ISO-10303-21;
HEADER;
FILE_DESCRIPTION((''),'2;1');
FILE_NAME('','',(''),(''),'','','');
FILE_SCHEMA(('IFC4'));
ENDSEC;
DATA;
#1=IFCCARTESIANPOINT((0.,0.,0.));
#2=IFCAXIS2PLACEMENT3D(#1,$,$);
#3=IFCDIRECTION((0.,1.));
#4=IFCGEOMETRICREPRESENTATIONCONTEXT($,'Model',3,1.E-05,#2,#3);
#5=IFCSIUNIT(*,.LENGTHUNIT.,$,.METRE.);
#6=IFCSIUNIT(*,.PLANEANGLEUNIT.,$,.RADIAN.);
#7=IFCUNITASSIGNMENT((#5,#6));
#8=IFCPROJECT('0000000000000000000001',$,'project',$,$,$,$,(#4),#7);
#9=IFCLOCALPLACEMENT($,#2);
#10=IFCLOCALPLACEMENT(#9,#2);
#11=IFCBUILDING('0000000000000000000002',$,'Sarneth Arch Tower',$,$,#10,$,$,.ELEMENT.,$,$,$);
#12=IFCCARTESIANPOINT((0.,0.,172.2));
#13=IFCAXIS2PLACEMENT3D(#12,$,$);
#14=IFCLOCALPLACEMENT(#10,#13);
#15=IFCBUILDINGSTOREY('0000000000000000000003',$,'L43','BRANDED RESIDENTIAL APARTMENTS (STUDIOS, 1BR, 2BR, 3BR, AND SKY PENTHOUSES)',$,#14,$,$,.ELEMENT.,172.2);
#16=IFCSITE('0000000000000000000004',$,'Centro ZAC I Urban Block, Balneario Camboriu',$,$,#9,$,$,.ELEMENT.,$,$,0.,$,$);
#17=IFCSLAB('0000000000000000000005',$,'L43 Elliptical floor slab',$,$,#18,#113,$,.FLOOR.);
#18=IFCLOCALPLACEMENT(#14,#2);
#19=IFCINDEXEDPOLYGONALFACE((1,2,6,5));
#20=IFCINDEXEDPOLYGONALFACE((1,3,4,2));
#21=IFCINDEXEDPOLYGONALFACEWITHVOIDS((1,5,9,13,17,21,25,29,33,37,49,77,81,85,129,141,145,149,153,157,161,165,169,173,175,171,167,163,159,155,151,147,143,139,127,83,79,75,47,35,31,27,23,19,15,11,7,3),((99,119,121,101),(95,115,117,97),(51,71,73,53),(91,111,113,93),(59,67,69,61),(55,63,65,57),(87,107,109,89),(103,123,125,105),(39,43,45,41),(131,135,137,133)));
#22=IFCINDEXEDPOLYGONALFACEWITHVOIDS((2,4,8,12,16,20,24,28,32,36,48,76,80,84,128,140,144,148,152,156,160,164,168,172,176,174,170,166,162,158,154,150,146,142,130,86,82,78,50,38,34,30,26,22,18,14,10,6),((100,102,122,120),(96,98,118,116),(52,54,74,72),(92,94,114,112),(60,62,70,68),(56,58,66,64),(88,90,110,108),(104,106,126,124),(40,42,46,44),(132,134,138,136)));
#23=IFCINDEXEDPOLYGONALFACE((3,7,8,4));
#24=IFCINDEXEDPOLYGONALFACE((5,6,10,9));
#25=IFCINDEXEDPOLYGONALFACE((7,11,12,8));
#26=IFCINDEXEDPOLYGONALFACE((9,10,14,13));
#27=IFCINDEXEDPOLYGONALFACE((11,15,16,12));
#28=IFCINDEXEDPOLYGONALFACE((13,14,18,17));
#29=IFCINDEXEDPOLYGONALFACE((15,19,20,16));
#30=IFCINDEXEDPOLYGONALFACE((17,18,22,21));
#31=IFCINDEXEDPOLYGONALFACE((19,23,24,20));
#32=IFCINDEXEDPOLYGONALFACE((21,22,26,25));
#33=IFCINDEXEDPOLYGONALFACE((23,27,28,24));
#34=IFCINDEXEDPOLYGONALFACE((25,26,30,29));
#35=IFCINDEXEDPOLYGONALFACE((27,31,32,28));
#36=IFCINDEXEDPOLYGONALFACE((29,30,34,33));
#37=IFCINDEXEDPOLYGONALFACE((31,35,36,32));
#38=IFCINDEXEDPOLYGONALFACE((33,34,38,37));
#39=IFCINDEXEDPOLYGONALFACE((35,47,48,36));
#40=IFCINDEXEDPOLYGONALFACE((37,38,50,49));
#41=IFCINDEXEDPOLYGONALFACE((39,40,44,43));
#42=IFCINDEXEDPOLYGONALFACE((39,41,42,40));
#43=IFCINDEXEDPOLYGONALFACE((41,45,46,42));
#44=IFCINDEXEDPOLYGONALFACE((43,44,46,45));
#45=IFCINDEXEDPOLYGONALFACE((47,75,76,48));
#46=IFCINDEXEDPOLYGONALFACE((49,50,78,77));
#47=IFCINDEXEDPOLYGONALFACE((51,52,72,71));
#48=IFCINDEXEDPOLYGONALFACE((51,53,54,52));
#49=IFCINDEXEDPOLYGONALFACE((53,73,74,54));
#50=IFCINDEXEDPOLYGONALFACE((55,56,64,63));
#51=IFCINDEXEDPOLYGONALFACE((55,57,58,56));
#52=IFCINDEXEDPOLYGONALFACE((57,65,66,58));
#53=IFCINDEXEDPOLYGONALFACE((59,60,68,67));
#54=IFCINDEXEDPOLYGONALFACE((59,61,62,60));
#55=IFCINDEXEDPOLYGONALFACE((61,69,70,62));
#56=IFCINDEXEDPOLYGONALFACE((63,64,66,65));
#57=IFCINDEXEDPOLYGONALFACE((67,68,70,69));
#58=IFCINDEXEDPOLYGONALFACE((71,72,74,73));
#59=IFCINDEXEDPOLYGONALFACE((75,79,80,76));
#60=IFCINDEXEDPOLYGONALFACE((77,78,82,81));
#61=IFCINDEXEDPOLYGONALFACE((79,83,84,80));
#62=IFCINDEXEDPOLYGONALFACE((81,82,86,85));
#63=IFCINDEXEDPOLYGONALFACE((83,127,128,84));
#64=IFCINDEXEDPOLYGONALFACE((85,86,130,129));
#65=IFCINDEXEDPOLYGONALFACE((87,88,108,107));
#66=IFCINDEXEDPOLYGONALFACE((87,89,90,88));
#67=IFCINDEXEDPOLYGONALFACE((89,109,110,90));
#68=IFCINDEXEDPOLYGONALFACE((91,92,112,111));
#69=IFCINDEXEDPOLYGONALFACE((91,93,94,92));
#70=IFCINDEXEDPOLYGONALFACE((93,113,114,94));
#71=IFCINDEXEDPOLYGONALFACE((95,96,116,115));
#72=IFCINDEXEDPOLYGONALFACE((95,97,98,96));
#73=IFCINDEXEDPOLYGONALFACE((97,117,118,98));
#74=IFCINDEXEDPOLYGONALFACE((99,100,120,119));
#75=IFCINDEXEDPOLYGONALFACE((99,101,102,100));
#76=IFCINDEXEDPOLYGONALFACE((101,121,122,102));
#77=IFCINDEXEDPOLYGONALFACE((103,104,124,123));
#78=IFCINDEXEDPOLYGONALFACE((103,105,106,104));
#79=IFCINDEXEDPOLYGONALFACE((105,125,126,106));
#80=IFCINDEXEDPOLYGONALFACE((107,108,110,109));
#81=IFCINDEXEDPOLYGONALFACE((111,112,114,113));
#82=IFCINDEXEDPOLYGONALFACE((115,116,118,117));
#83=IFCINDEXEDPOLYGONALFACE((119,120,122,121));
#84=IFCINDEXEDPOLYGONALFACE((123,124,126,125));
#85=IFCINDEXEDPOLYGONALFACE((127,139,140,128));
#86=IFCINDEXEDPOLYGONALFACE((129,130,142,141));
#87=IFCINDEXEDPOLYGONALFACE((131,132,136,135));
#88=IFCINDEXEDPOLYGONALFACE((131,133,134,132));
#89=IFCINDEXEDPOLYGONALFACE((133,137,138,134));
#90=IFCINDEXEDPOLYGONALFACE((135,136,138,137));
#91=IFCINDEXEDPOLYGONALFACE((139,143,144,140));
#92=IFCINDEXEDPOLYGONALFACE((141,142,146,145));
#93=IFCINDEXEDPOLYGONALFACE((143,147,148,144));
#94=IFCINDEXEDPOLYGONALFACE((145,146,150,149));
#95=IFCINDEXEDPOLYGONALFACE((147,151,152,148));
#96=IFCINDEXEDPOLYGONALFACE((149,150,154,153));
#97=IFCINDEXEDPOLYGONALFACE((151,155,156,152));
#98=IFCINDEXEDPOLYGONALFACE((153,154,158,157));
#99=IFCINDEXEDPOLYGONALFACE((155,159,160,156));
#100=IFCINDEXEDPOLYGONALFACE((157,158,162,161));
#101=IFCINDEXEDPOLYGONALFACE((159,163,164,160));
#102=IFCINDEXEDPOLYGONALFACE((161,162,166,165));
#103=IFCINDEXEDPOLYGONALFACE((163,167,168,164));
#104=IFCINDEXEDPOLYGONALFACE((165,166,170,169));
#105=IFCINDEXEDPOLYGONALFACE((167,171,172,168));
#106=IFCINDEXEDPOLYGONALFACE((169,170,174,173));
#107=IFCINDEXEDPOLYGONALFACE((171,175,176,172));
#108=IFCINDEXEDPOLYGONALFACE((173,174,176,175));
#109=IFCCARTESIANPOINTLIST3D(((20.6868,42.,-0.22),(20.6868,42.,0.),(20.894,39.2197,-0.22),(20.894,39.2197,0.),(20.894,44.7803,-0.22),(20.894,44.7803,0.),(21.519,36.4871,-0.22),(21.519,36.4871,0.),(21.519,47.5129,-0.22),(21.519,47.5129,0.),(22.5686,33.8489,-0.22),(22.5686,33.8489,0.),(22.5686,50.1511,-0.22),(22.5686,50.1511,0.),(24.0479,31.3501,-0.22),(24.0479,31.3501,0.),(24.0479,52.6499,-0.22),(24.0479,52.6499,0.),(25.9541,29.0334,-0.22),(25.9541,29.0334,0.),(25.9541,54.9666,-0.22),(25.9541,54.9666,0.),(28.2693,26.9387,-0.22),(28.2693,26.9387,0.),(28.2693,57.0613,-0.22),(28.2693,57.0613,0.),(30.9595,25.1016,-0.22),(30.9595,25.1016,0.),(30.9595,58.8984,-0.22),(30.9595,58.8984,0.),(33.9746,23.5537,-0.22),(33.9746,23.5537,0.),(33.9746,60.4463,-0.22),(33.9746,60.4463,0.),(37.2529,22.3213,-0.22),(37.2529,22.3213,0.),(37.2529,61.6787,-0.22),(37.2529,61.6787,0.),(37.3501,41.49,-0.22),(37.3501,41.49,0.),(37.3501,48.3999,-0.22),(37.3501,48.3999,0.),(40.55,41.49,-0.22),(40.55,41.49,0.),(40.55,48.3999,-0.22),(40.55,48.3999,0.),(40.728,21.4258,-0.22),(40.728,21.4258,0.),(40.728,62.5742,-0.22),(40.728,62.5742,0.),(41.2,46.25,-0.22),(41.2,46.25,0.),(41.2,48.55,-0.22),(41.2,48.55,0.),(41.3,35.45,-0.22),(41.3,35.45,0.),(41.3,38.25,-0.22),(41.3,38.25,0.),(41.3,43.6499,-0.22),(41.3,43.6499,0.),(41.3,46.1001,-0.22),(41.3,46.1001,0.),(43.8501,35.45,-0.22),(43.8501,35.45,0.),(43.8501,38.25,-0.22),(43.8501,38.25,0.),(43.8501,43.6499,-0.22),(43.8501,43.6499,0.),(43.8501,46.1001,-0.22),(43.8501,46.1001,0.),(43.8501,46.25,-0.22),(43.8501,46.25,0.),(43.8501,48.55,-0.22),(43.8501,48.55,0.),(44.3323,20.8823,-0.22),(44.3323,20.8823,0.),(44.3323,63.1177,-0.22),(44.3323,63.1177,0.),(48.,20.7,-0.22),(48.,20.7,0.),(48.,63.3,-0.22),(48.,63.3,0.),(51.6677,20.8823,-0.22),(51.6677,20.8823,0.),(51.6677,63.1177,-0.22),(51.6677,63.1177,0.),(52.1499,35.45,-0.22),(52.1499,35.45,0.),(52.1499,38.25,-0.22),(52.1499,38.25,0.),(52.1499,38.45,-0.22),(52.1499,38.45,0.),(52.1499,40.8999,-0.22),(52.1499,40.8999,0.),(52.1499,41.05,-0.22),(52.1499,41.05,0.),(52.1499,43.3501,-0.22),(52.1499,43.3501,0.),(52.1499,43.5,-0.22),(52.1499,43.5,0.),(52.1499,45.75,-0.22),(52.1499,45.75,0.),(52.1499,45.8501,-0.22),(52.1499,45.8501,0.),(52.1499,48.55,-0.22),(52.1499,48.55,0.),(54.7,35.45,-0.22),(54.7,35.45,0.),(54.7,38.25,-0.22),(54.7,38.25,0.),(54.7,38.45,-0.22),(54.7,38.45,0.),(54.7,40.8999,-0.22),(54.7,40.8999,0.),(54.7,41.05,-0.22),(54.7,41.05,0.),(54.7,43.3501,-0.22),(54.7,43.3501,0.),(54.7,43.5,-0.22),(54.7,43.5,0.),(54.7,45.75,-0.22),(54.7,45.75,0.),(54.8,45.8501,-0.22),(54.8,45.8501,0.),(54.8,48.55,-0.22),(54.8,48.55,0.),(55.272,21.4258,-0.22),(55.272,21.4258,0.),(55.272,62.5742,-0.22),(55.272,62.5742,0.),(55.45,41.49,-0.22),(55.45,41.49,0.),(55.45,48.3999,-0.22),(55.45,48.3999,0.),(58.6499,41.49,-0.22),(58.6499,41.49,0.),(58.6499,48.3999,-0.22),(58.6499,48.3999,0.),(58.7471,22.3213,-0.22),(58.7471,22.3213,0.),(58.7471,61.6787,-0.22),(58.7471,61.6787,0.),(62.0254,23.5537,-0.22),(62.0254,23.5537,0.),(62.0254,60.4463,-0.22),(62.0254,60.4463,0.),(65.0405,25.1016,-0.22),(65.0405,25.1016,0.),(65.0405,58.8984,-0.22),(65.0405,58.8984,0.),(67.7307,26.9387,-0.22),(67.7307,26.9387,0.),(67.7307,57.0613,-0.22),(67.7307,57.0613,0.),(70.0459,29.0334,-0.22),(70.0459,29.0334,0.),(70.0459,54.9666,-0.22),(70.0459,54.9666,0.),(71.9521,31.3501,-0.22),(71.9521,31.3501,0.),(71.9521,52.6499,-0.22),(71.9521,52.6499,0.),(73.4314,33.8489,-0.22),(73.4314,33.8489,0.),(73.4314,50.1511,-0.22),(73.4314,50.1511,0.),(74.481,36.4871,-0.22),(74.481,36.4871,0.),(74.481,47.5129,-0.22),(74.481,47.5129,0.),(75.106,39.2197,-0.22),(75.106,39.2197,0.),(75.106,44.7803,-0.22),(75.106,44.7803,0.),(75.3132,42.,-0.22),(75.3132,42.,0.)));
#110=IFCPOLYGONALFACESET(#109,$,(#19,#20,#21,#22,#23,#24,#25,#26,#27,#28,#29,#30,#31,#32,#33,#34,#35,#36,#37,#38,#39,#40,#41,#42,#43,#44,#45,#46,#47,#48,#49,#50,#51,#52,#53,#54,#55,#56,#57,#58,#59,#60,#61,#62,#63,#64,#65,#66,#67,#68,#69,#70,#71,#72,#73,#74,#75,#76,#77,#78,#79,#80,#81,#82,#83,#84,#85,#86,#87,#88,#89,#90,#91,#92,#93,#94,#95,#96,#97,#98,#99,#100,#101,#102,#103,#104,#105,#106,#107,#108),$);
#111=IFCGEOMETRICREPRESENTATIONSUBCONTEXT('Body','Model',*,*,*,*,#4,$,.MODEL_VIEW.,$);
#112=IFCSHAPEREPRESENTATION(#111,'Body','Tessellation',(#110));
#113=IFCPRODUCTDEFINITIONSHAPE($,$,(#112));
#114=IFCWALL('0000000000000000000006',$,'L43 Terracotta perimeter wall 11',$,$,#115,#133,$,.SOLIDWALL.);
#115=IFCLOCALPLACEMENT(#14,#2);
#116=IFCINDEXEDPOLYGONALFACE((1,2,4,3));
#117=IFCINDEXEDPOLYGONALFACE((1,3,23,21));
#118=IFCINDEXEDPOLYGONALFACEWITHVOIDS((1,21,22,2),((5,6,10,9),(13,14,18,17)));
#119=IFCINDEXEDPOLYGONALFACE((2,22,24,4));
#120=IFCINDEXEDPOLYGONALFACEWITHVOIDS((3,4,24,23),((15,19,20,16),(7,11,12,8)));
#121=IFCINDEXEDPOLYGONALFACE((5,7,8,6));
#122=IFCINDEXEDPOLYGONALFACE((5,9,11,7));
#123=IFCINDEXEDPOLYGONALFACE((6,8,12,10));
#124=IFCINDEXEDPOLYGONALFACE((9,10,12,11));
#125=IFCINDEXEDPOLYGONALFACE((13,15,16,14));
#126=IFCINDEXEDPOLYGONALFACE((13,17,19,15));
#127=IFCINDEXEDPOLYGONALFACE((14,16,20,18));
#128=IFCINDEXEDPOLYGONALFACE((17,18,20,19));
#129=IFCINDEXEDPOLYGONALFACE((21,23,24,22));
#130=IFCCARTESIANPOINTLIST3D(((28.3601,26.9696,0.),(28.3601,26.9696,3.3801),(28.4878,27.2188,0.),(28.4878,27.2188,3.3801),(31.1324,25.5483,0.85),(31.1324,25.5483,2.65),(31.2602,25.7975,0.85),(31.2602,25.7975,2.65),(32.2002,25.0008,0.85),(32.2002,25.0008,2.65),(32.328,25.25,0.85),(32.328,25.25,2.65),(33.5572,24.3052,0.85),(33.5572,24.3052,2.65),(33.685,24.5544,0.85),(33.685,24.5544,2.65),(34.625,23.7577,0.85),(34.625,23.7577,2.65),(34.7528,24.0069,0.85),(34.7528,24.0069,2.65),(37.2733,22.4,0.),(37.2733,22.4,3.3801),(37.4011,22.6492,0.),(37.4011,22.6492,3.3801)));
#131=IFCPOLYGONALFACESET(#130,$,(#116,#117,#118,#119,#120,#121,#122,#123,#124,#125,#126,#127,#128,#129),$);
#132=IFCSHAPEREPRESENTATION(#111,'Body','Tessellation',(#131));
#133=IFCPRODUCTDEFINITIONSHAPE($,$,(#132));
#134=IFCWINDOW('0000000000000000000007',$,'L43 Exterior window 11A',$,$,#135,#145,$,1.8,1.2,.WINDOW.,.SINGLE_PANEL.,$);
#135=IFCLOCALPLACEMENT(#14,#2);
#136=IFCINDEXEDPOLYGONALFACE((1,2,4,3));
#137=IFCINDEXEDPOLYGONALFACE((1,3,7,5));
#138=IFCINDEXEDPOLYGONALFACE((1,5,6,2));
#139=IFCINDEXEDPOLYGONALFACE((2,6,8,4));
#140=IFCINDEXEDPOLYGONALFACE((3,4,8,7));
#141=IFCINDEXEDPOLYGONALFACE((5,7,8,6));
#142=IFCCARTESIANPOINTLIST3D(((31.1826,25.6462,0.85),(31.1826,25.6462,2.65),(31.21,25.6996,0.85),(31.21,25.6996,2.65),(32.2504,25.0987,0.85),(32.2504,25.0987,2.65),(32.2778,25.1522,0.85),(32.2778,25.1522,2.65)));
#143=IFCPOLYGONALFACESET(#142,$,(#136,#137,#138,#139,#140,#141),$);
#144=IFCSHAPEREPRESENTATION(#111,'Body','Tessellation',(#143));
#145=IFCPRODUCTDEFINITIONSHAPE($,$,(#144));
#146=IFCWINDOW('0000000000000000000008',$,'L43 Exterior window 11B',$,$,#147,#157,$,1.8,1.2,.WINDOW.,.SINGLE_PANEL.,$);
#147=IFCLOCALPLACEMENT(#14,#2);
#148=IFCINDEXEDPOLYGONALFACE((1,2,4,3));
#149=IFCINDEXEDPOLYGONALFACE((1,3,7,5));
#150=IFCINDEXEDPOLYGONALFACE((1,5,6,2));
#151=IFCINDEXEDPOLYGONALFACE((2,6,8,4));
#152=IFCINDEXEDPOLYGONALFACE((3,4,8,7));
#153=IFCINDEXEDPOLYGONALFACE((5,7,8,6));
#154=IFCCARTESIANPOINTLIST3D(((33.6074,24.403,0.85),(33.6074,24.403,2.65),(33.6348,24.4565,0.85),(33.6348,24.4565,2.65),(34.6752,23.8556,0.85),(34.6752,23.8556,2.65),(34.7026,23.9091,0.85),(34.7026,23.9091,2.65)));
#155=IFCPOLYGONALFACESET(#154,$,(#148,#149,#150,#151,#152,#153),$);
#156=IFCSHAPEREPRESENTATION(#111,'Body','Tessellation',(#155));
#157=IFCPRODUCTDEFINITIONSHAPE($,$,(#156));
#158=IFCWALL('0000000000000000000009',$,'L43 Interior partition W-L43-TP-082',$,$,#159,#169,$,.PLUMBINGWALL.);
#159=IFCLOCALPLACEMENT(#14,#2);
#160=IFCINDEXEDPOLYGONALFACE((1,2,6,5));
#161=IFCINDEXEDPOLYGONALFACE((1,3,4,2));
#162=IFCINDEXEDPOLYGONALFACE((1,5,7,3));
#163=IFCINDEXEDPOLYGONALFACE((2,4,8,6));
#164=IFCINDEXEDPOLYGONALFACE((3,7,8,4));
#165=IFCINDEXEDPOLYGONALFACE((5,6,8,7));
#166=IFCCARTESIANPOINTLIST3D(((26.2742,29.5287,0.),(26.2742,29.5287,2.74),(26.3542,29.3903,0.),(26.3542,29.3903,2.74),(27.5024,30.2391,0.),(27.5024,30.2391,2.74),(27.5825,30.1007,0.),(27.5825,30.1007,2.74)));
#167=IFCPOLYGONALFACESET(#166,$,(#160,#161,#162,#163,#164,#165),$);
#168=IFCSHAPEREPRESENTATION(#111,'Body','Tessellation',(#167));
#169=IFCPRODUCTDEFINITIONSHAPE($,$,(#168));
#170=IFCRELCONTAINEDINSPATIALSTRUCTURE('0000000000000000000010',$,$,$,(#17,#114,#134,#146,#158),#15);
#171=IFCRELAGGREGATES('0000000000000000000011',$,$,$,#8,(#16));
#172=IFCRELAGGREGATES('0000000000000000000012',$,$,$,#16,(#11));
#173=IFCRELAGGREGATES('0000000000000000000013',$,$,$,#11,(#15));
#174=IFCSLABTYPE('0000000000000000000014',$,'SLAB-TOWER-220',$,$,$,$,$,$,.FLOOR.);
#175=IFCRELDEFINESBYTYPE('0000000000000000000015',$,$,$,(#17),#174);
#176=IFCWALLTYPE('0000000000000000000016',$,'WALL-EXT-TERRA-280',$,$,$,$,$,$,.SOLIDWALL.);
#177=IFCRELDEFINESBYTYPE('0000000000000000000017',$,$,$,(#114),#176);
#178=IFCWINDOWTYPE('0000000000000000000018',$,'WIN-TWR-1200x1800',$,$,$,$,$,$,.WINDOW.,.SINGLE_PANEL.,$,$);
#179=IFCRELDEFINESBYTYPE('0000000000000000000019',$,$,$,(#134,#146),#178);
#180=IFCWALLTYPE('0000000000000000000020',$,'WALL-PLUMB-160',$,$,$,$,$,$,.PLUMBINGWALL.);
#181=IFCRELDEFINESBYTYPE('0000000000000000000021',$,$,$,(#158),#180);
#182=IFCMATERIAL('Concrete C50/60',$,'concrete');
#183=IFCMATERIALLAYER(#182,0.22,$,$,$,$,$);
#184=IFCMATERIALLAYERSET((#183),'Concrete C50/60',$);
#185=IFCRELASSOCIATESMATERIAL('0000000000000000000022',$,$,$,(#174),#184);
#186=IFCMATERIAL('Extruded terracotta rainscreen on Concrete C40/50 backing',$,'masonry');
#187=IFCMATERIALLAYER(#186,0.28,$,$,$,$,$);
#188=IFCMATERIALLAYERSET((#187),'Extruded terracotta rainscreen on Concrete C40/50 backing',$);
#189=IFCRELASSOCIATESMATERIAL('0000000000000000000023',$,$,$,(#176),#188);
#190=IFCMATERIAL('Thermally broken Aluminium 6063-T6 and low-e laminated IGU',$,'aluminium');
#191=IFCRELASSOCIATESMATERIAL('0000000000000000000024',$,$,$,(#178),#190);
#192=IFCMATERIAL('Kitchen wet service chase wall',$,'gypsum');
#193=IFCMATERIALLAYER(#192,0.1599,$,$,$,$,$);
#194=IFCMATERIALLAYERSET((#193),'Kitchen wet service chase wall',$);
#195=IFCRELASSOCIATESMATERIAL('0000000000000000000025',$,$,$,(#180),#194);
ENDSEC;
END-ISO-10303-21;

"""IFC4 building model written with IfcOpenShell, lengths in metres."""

from ifc_helpers import new_model, si_unit, direction, frame, frame_2d, origin, place, context, subcontext, project, spatial, polyline, rectangle, outline, extrude, material, layer, layer_set, type_object, element, fill, save


model = new_model("IFC4")

# Units and contexts
model_context = context("Model", 3, precision=1e-05, world=origin(), true_north=direction((0.0, 1.0)))
body_context = subcontext(model_context, "Body", "Model", "MODEL_VIEW")
ifc_project = project(units=[si_unit("LENGTHUNIT", "METRE"), si_unit("PLANEANGLEUNIT", "RADIAN")], contexts=[model_context])

# Site, building, storey
site_placement = place(None, origin())
site = spatial("IfcSite", under=ifc_project, at=site_placement, Name="Centro ZAC I Urban Block, Balneario Camboriu", CompositionType="ELEMENT", RefElevation=0.0)
building_placement = place(site_placement, origin())
building = spatial("IfcBuilding", under=site, at=building_placement, Name="Sarneth Arch Tower", CompositionType="ELEMENT")
storey_placement = place(building_placement, frame((0.0, 0.0, 172.2)))
storey = spatial("IfcBuildingStorey", under=building, at=storey_placement, Name="L43", Description="BRANDED RESIDENTIAL APARTMENTS (STUDIOS, 1BR, 2BR, 3BR, AND SKY PENTHOUSES)", CompositionType="ELEMENT", Elevation=172.2)

# Slab
ifc_material_1 = material(Name="Concrete C50/60", Category="concrete")
ifc_layer_1 = layer(ifc_material_1, 0.22)
ifc_layer_set_1 = layer_set([ifc_layer_1], Name="Concrete C50/60")
slab_type_1 = type_object("IfcSlabType", Name="SLAB-TOWER-220", PredefinedType="FLOOR", material=ifc_layer_set_1)
slab_1_placement = place(storey_placement, frame((0.0, 0.0, -0.22)))
element("IfcSlab", 1, at=slab_1_placement, inside=storey, type_object=slab_type_1, Name="L43 Elliptical floor slab", PredefinedType="FLOOR", context=body_context, shape_type="SweptSolid", body=[
    extrude(outline(polyline([(75.3132, 42.0), (75.106, 44.7803), (74.481, 47.5129), (73.4314, 50.1511), (71.9521, 52.6499), (70.0459, 54.9666), (67.7307, 57.0613), (65.0405, 58.8984), (62.0254, 60.4463), (58.7471, 61.6787), (55.272, 62.5742), (51.6677, 63.1177), (48.0, 63.3), (44.3323, 63.1177), (40.728, 62.5742), (37.2529, 61.6787), (33.9746, 60.4463), (30.9595, 58.8984), (28.2693, 57.0613), (25.9541, 54.9666), (24.0479, 52.6499), (22.5686, 50.1511), (21.519, 47.5129), (20.894, 44.7803), (20.6868, 42.0), (20.894, 39.2197), (21.519, 36.4871), (22.5686, 33.8489), (24.0479, 31.3501), (25.9541, 29.0334), (28.2693, 26.9387), (30.9595, 25.1016), (33.9746, 23.5537), (37.2529, 22.3213), (40.728, 21.4258), (44.3323, 20.8823), (48.0, 20.7), (51.6677, 20.8823), (55.272, 21.4258), (58.7471, 22.3213), (62.0254, 23.5537), (65.0405, 25.1016), (67.7307, 26.9387), (70.0459, 29.0334), (71.9521, 31.3501), (73.4314, 33.8489), (74.481, 36.4871), (75.106, 39.2197), (75.3132, 42.0)]), holes=[polyline([(37.3501, 41.49), (40.55, 41.49), (40.55, 48.3999), (37.3501, 48.3999), (37.3501, 41.49)]), polyline([(55.45, 41.49), (58.6499, 41.49), (58.6499, 48.3999), (55.45, 48.3999), (55.45, 41.49)]), polyline([(41.2, 46.25), (43.8501, 46.25), (43.8501, 48.55), (41.2, 48.55), (41.2, 46.25)]), polyline([(41.3, 35.45), (43.8501, 35.45), (43.8501, 38.25), (41.3, 38.25), (41.3, 35.45)]), polyline([(52.1499, 35.45), (54.7, 35.45), (54.7, 38.25), (52.1499, 38.25), (52.1499, 35.45)]), polyline([(52.1499, 45.8501), (54.8, 45.8501), (54.8, 48.55), (52.1499, 48.55), (52.1499, 45.8501)]), polyline([(41.3, 43.6499), (43.8501, 43.6499), (43.8501, 46.1001), (41.3, 46.1001), (41.3, 43.6499)]), polyline([(52.1499, 38.45), (54.7, 38.45), (54.7, 40.8999), (52.1499, 40.8999), (52.1499, 38.45)]), polyline([(52.1499, 41.05), (54.7, 41.05), (54.7, 43.3501), (52.1499, 43.3501), (52.1499, 41.05)]), polyline([(52.1499, 43.5), (54.7, 43.5), (54.7, 45.75), (52.1499, 45.75), (52.1499, 43.5)])]), origin(), (0.0, 0.0, 1.0), 0.22),
])

# Wall, openings, windows
ifc_material_2 = material(Name="Extruded terracotta rainscreen on Concrete C40/50 backing", Category="masonry")
ifc_layer_2 = layer(ifc_material_2, 0.28)
ifc_layer_set_2 = layer_set([ifc_layer_2], Name="Extruded terracotta rainscreen on Concrete C40/50 backing")
wall_type_1 = type_object("IfcWallType", Name="WALL-EXT-TERRA-280", PredefinedType="SOLIDWALL", material=ifc_layer_set_2)
wall_1_placement = place(storey_placement, frame((28.4238, 27.0942, 0.0), z_axis=(0.0, 0.0, 1.0), x_axis=(0.889873, -0.456209, 0.0)))
wall_1 = element("IfcWall", 2, at=wall_1_placement, inside=storey, type_object=wall_type_1, Name="L43 Terracotta perimeter wall 11", PredefinedType="SOLIDWALL", context=body_context, shape_type="SweptSolid", body=[
    extrude(rectangle(XDim=10.0164, YDim=0.28, at=frame_2d((5.0083, 0.0))), origin(), (0.0, 0.0, 1.0), 3.3801),
])
opening_1_placement = place(wall_1_placement, frame((3.1155, 0.0, 0.8501)))
opening_1 = element("IfcOpeningElement", 3, at=opening_1_placement, cuts=wall_1, PredefinedType="OPENING", context=body_context, shape_type="SweptSolid", body=[
    extrude(rectangle(XDim=1.2, YDim=1.8, at=frame_2d((0.6001, 0.8999))), frame((0.0, 0.1499, 0.0), z_axis=(0.0, -1.0, 0.0), x_axis=(1.0, 0.0, 0.0)), (0.0, 0.0, 1.0), 0.3),
])
opening_2_placement = place(wall_1_placement, frame((5.8403, 0.0, 0.8501)))
opening_2 = element("IfcOpeningElement", 4, at=opening_2_placement, cuts=wall_1, PredefinedType="OPENING", context=body_context, shape_type="SweptSolid", body=[
    extrude(rectangle(XDim=1.2, YDim=1.8, at=frame_2d((0.6001, 0.8999))), frame((0.0, 0.1499, 0.0), z_axis=(0.0, -1.0, 0.0), x_axis=(1.0, 0.0, 0.0)), (0.0, 0.0, 1.0), 0.3),
])
ifc_material_3 = material(Name="Thermally broken Aluminium 6063-T6 and low-e laminated IGU", Category="aluminium")
window_type = type_object("IfcWindowType", Name="WIN-TWR-1200x1800", PartitioningType="SINGLE_PANEL", PredefinedType="WINDOW", material=ifc_material_3)
window_1_placement = place(opening_1_placement, origin())
window_1 = element("IfcWindow", 5, at=window_1_placement, inside=storey, type_object=window_type, Name="L43 Exterior window 11A", OverallHeight=1.8, OverallWidth=1.2, PartitioningType="SINGLE_PANEL", PredefinedType="WINDOW", context=body_context, shape_type="SweptSolid", body=[
    extrude(rectangle(XDim=1.2, YDim=1.8, at=frame_2d((0.6001, 0.8999))), frame((0.0, 0.03, 0.0), z_axis=(0.0, -1.0, 0.0), x_axis=(1.0, 0.0, 0.0)), (0.0, 0.0, 1.0), 0.0601),
])
fill(opening_1, window_1)
window_2_placement = place(opening_2_placement, origin())
window_2 = element("IfcWindow", 6, at=window_2_placement, inside=storey, type_object=window_type, Name="L43 Exterior window 11B", OverallHeight=1.8, OverallWidth=1.2, PartitioningType="SINGLE_PANEL", PredefinedType="WINDOW", context=body_context, shape_type="SweptSolid", body=[
    extrude(rectangle(XDim=1.2, YDim=1.8, at=frame_2d((0.6001, 0.8999))), frame((0.0, 0.03, 0.0), z_axis=(0.0, -1.0, 0.0), x_axis=(1.0, 0.0, 0.0)), (0.0, 0.0, 1.0), 0.0601),
])
fill(opening_2, window_2)

# Wall
ifc_material_4 = material(Name="Kitchen wet service chase wall", Category="gypsum")
ifc_layer_3 = layer(ifc_material_4, 0.1599)
ifc_layer_set_3 = layer_set([ifc_layer_3], Name="Kitchen wet service chase wall")
wall_type_2 = type_object("IfcWallType", Name="WALL-PLUMB-160", PredefinedType="PLUMBINGWALL", material=ifc_layer_set_3)
wall_2_placement = place(storey_placement, frame((27.5425, 30.1699, 0.0), z_axis=(0.0, 0.0, 1.0), x_axis=(-0.865626, -0.50069, 0.0)))
element("IfcWall", 7, at=wall_2_placement, inside=storey, type_object=wall_type_2, Name="L43 Interior partition W-L43-TP-082", PredefinedType="PLUMBINGWALL", context=body_context, shape_type="SweptSolid", body=[
    extrude(rectangle(XDim=1.4189, YDim=0.1599, at=frame_2d((0.7095, 0.0))), origin(), (0.0, 0.0, 1.0), 2.74),
])

save(model, "model.ifc")
